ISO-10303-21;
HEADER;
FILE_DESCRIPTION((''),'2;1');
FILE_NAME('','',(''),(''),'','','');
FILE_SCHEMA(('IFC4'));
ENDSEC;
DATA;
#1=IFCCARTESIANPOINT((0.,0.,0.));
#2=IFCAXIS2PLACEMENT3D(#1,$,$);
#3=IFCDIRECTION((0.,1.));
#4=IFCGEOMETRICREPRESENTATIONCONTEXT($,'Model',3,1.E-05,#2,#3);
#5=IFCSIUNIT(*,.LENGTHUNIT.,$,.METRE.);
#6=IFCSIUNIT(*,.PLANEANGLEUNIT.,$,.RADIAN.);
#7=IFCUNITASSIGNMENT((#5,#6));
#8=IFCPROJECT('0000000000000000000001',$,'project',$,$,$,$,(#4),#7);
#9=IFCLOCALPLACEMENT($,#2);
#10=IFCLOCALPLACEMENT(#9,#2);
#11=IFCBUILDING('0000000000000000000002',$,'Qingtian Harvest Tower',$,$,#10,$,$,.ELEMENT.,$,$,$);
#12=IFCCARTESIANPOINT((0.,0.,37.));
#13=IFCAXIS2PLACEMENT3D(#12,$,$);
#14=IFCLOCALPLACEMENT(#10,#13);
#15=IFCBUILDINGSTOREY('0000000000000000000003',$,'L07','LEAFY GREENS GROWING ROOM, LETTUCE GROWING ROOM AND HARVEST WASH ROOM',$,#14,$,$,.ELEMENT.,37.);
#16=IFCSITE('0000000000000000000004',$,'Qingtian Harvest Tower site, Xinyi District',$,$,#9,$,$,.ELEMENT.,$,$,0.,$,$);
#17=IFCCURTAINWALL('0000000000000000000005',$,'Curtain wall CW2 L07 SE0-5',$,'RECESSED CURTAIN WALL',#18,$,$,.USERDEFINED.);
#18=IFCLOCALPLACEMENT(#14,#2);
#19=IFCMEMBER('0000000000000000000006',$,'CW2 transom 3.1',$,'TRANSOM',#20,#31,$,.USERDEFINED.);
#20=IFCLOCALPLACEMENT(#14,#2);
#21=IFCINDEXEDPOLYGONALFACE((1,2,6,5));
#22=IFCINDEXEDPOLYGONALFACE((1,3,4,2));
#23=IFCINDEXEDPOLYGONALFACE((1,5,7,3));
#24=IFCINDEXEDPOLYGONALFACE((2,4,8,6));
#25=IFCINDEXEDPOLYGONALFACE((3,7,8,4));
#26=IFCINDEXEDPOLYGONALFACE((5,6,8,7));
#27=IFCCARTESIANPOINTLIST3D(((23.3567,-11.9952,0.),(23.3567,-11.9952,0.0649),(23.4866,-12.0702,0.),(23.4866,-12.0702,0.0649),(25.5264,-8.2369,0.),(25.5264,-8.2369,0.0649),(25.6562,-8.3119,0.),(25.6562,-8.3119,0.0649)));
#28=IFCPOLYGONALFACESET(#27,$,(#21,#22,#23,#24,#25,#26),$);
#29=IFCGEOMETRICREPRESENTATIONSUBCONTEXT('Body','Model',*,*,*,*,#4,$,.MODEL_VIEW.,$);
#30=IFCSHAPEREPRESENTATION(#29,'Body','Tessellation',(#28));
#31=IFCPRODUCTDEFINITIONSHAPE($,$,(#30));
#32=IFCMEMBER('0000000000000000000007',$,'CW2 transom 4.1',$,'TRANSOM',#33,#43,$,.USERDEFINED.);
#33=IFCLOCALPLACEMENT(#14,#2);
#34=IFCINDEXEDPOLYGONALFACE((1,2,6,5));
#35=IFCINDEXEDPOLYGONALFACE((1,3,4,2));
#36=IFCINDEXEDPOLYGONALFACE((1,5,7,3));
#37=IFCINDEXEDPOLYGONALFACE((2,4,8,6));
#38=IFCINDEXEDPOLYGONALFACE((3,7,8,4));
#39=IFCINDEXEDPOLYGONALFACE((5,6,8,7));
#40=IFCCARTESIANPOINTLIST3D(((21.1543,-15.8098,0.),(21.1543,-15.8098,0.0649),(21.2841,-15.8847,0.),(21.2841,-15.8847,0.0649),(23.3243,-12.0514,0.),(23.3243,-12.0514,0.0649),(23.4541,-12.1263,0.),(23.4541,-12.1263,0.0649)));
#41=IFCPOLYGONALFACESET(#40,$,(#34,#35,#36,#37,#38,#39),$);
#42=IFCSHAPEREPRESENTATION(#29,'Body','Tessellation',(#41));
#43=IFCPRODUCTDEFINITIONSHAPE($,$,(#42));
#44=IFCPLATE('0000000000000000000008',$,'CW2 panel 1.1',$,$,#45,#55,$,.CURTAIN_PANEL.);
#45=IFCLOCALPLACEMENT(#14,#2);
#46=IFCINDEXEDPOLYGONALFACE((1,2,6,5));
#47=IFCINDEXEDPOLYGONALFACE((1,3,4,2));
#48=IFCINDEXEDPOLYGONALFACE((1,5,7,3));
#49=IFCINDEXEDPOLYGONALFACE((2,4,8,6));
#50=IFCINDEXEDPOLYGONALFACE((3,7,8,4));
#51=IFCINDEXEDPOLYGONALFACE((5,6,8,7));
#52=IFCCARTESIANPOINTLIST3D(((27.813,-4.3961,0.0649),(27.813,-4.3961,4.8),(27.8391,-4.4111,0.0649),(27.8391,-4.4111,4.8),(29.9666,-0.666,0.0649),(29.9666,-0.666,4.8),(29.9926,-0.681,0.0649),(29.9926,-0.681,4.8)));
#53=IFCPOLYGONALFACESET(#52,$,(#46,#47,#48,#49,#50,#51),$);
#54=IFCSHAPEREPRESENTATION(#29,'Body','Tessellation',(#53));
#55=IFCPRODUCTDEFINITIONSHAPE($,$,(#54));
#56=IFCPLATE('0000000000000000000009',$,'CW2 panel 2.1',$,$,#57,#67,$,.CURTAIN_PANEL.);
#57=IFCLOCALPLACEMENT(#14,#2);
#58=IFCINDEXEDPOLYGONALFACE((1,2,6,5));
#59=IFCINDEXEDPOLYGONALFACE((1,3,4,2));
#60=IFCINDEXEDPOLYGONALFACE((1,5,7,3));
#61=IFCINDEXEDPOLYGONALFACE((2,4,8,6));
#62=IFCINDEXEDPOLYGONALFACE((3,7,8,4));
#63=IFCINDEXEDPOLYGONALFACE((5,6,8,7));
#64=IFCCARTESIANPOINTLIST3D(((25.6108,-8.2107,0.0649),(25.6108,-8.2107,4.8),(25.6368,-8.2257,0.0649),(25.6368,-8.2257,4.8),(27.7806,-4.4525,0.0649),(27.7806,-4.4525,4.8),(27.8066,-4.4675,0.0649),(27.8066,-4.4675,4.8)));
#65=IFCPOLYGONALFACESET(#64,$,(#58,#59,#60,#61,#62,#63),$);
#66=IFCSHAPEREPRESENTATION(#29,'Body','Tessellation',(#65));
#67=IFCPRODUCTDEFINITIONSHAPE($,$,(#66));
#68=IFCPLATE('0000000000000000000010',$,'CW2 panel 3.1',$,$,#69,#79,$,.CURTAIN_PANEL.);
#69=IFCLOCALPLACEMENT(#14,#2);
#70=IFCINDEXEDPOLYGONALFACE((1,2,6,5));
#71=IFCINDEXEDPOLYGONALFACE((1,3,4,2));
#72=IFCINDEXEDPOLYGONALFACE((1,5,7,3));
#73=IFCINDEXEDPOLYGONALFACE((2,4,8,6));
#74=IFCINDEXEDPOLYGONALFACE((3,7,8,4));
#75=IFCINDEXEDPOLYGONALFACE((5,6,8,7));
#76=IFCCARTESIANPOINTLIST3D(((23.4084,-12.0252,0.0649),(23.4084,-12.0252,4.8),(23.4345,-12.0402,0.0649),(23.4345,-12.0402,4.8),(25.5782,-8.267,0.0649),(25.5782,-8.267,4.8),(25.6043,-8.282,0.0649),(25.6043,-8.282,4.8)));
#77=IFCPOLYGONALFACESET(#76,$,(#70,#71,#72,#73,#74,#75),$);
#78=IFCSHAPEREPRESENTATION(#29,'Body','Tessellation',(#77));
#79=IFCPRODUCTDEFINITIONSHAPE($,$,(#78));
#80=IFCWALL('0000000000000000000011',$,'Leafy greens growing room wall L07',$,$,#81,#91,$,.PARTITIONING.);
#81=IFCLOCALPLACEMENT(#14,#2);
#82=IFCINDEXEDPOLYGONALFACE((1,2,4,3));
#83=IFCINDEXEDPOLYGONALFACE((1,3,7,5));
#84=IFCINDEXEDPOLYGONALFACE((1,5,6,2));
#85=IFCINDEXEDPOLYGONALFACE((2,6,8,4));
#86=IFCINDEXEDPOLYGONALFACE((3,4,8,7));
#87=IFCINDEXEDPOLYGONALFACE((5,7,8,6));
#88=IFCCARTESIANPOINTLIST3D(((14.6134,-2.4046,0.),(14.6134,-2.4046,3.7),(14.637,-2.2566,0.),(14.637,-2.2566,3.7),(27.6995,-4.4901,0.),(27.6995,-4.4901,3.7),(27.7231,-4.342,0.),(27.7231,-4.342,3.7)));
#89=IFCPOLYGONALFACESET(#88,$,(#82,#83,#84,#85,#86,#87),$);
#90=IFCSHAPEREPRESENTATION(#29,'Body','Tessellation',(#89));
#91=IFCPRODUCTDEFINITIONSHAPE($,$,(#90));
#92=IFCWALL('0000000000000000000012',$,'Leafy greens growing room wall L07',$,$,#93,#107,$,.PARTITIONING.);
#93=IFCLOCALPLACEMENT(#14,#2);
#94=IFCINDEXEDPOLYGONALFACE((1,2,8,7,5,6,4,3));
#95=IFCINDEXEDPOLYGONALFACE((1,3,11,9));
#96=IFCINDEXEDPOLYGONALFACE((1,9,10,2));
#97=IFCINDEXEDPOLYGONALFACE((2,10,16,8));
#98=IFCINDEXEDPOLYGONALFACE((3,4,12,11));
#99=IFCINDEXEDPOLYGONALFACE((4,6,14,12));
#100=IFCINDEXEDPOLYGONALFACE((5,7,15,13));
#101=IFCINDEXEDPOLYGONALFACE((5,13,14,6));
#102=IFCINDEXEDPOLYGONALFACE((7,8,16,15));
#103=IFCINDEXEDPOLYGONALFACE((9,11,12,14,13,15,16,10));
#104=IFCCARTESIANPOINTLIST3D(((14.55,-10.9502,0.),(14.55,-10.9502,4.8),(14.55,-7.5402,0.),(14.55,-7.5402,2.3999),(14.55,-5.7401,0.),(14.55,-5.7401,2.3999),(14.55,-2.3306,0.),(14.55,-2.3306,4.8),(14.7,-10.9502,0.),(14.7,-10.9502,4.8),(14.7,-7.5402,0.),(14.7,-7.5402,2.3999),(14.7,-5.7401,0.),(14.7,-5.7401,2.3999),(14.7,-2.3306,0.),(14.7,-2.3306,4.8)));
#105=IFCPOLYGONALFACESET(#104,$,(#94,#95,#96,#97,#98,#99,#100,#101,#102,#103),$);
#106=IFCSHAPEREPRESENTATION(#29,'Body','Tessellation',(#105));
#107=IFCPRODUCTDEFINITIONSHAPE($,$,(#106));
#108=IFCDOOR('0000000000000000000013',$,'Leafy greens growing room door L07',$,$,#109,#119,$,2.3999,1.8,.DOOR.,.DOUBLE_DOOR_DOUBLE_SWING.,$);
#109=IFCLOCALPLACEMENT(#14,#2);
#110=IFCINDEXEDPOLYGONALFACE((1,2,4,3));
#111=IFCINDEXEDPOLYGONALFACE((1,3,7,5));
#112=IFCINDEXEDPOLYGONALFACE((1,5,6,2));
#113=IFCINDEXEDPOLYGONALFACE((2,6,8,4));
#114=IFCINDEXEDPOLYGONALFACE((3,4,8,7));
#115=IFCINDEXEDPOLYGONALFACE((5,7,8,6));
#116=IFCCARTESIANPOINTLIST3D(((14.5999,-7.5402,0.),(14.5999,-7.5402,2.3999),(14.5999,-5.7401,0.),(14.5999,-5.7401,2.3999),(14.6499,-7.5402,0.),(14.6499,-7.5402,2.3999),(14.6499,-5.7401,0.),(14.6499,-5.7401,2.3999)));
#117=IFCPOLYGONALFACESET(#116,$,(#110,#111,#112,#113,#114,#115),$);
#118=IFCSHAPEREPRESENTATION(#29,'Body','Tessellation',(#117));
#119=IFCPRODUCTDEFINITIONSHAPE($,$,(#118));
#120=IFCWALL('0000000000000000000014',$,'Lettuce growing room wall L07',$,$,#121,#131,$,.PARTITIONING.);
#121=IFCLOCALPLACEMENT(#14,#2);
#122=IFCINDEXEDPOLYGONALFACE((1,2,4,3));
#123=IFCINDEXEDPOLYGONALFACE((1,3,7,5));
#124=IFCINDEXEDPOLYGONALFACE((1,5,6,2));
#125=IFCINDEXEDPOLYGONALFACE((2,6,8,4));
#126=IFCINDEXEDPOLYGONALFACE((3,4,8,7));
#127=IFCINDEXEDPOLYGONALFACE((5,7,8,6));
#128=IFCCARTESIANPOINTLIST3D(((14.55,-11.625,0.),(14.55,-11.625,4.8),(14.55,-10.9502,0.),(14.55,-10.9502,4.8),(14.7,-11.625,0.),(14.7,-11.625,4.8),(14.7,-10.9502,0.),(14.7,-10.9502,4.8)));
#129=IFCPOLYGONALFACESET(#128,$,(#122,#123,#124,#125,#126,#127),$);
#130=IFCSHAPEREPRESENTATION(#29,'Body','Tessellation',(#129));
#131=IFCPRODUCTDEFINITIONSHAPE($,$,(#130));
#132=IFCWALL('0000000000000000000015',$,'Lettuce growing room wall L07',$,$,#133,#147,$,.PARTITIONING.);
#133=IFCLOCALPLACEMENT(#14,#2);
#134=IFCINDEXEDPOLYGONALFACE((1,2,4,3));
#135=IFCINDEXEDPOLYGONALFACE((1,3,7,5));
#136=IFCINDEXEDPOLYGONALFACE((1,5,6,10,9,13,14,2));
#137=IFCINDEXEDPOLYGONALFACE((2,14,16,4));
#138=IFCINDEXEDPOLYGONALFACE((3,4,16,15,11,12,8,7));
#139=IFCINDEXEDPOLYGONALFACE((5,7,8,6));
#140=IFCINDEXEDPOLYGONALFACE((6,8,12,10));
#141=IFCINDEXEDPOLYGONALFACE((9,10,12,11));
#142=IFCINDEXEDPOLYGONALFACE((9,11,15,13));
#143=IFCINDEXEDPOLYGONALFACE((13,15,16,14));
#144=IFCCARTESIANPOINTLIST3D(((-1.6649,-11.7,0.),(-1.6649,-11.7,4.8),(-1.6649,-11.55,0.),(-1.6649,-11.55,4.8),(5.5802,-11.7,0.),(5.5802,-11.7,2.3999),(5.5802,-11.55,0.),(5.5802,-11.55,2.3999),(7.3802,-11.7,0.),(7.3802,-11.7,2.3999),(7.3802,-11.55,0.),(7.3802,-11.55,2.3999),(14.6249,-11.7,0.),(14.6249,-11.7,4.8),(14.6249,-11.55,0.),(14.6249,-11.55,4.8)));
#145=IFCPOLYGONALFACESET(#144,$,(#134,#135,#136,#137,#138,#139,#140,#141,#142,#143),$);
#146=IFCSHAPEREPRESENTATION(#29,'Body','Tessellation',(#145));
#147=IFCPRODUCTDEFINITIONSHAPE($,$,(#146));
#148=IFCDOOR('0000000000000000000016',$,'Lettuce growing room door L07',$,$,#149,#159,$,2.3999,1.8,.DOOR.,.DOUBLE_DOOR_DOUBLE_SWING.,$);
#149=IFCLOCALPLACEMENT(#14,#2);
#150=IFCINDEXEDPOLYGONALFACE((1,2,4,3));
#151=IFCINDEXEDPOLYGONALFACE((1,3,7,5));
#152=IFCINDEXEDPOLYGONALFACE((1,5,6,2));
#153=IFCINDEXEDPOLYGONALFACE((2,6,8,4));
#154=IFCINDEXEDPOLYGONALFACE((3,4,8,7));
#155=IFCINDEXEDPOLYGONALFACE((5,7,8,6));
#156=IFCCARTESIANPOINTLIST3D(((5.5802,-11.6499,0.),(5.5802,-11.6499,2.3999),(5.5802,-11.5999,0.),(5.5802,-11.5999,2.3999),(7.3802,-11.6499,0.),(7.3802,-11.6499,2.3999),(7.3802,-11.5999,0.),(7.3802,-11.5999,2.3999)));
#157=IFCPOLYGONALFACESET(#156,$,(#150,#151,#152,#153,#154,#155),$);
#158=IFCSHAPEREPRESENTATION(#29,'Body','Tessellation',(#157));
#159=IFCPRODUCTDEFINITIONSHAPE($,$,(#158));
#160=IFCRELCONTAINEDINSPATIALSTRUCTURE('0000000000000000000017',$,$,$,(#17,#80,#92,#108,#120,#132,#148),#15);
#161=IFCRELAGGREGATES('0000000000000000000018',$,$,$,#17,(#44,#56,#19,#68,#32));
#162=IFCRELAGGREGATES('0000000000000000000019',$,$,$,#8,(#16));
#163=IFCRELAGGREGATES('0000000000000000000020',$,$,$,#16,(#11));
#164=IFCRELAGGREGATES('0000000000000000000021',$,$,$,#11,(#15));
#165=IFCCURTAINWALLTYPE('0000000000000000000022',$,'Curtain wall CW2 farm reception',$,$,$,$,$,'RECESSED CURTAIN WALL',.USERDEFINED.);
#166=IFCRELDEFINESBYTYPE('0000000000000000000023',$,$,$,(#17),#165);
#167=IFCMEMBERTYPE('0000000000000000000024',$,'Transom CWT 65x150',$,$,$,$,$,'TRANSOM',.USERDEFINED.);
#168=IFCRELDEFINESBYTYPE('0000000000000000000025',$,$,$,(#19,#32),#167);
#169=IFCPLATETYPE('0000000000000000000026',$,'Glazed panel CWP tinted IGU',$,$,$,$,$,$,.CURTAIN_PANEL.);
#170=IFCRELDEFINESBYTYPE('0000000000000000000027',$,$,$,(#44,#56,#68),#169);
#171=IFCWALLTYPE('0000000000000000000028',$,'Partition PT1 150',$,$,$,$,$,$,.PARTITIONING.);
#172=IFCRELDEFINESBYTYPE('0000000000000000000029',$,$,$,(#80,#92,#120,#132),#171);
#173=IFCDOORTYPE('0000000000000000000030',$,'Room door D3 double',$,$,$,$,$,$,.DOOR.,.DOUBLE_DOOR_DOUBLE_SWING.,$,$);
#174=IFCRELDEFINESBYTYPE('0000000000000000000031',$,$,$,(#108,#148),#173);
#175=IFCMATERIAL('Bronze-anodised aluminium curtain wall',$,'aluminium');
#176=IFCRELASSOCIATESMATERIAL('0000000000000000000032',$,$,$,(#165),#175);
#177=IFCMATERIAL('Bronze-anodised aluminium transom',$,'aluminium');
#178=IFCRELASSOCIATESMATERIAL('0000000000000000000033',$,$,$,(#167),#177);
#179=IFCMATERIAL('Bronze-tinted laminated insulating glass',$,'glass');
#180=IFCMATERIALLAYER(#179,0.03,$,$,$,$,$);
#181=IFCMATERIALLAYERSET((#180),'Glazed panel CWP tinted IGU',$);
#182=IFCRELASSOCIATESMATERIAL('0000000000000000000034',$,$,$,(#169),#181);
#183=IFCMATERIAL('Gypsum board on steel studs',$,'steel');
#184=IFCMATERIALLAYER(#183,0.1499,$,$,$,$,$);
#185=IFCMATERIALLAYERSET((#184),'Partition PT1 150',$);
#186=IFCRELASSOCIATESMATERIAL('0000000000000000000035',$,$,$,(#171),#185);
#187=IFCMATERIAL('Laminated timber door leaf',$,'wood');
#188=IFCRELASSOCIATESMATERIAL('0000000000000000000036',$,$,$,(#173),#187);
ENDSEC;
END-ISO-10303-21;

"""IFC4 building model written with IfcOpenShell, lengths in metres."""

from ifc_helpers import new_model, si_unit, direction, frame, frame_2d, origin, origin_2d, place, context, subcontext, project, spatial, rectangle, extrude, material, layer, layer_set, material_profile, profile_set, type_object, element, fill, aggregate, save


model = new_model("IFC4")

# Units and contexts
model_context = context("Model", 3, precision=1e-05, world=origin(), true_north=direction((0.0, 1.0)))
body_context = subcontext(model_context, "Body", "Model", "MODEL_VIEW")
ifc_project = project(units=[si_unit("LENGTHUNIT", "METRE"), si_unit("PLANEANGLEUNIT", "RADIAN")], contexts=[model_context])

# Site, building, storey
site_placement = place(None, origin())
site = spatial("IfcSite", under=ifc_project, at=site_placement, Name="Qingtian Harvest Tower site, Xinyi District", CompositionType="ELEMENT", RefElevation=0.0)
building_placement = place(site_placement, origin())
building = spatial("IfcBuilding", under=site, at=building_placement, Name="Qingtian Harvest Tower", CompositionType="ELEMENT")
storey_placement = place(building_placement, frame((0.0, 0.0, 37.0)))
storey = spatial("IfcBuildingStorey", under=building, at=storey_placement, Name="L07", Description="LEAFY GREENS GROWING ROOM, LETTUCE GROWING ROOM AND HARVEST WASH ROOM", CompositionType="ELEMENT", Elevation=37.0)

# Shared definitions
ifc_material_1 = material(Name="Bronze-anodised aluminium curtain wall", Category="aluminium")
curtain_wall_type = type_object("IfcCurtainWallType", Name="Curtain wall CW2 farm reception", ElementType="RECESSED CURTAIN WALL", PredefinedType="USERDEFINED", material=ifc_material_1)

# Curtain wall
curtain_wall_1_placement = place(storey_placement, origin())
curtain_wall_1 = element("IfcCurtainWall", 1, at=curtain_wall_1_placement, inside=storey, type_object=curtain_wall_type, Name="Curtain wall CW2 L07 SE0-5", ObjectType="RECESSED CURTAIN WALL", PredefinedType="USERDEFINED")

# Members
ifc_material_2 = material(Name="Bronze-anodised aluminium transom", Category="aluminium")
ifc_material_profile_1 = material_profile(ifc_material_2, rectangle(XDim=0.1499, YDim=0.0649, at=origin_2d()), Name="AL 65x150")
ifc_profile_set_1 = profile_set([ifc_material_profile_1], Name="Bronze-anodised aluminium transom")
member_type_1 = type_object("IfcMemberType", Name="Transom CWT 65x150", ElementType="TRANSOM", PredefinedType="USERDEFINED", material=ifc_profile_set_1)
member_1_placement = place(storey_placement, frame((25.5913, -8.2744, 0.0325), z_axis=(-0.499969, -0.866043, 0.0), x_axis=(0.866043, -0.499969, 0.0)))
member_1 = element("IfcMember", 2, at=member_1_placement, type_object=member_type_1, Name="CW2 transom 3.1", ObjectType="TRANSOM", PredefinedType="USERDEFINED", context=body_context, shape_type="SweptSolid", body=[
    extrude(rectangle(XDim=0.1499, YDim=0.0649, at=origin_2d()), origin(), (0.0, 0.0, 1.0), 4.3396),
])
member_2_placement = place(storey_placement, frame((23.3892, -12.0889, 0.0325), z_axis=(-0.500011, -0.866019, 0.0), x_axis=(0.866019, -0.500011, 0.0)))
member_2 = element("IfcMember", 3, at=member_2_placement, type_object=member_type_1, Name="CW2 transom 4.1", ObjectType="TRANSOM", PredefinedType="USERDEFINED", context=body_context, shape_type="SweptSolid", body=[
    extrude(rectangle(XDim=0.1499, YDim=0.0649, at=origin_2d()), origin(), (0.0, 0.0, 1.0), 4.3398),
])

# Plates
ifc_material_3 = material(Name="Bronze-tinted laminated insulating glass", Category="glass")
ifc_layer_1 = layer(ifc_material_3, 0.03)
ifc_layer_set_1 = layer_set([ifc_layer_1], Name="Glazed panel CWP tinted IGU")
plate_type = type_object("IfcPlateType", Name="Glazed panel CWP tinted IGU", PredefinedType="CURTAIN_PANEL", material=ifc_layer_set_1)
plate_1_placement = place(storey_placement, frame((28.9028, -2.5386, 0.0649), z_axis=(0.0, 0.0, 1.0), x_axis=(-0.5, -0.866025, 0.0)))
plate_1 = element("IfcPlate", 4, at=plate_1_placement, type_object=plate_type, Name="CW2 panel 1.1", PredefinedType="CURTAIN_PANEL", context=body_context, shape_type="SweptSolid", body=[
    extrude(rectangle(XDim=4.3071, YDim=0.03, at=origin_2d()), origin(), (0.0, 0.0, 1.0), 4.7351),
])
plate_2_placement = place(storey_placement, frame((26.7087, -6.3391, 0.0649), z_axis=(0.0, 0.0, 1.0), x_axis=(-0.5, -0.866025, 0.0)))
plate_2 = element("IfcPlate", 5, at=plate_2_placement, type_object=plate_type, Name="CW2 panel 2.1", PredefinedType="CURTAIN_PANEL", context=body_context, shape_type="SweptSolid", body=[
    extrude(rectangle(XDim=4.3396, YDim=0.03, at=origin_2d()), origin(), (0.0, 0.0, 1.0), 4.7351),
])
plate_3_placement = place(storey_placement, frame((24.5063, -10.1536, 0.0649), z_axis=(0.0, 0.0, 1.0), x_axis=(-0.5, -0.866025, 0.0)))
plate_3 = element("IfcPlate", 6, at=plate_3_placement, type_object=plate_type, Name="CW2 panel 3.1", PredefinedType="CURTAIN_PANEL", context=body_context, shape_type="SweptSolid", body=[
    extrude(rectangle(XDim=4.3396, YDim=0.03, at=origin_2d()), origin(), (0.0, 0.0, 1.0), 4.7351),
])
aggregate(curtain_wall_1, [plate_1, plate_2, member_1, plate_3, member_2])

# Wall
ifc_material_4 = material(Name="Gypsum board on steel studs", Category="steel")
ifc_layer_2 = layer(ifc_material_4, 0.1499)
ifc_layer_set_2 = layer_set([ifc_layer_2], Name="Partition PT1 150")
wall_type = type_object("IfcWallType", Name="Partition PT1 150", PredefinedType="PARTITIONING", material=ifc_layer_set_2)
wall_1_placement = place(storey_placement, frame((27.7112, -4.416, 0.0), z_axis=(0.0, 0.0, 1.0), x_axis=(-0.987539, 0.157377, 0.0)))
element("IfcWall", 7, at=wall_1_placement, inside=storey, type_object=wall_type, Name="Leafy greens growing room wall L07", PredefinedType="PARTITIONING", context=body_context, shape_type="SweptSolid", body=[
    extrude(rectangle(XDim=13.2512, YDim=0.1499, at=frame_2d((6.6255, 0.0))), origin(), (0.0, 0.0, 1.0), 3.7),
])

# Wall, opening, door
wall_2_placement = place(storey_placement, frame((14.625, -2.3306, 0.0), z_axis=(0.0, 0.0, 1.0), x_axis=(0.0, -1.0, 0.0)))
wall_2 = element("IfcWall", 8, at=wall_2_placement, inside=storey, type_object=wall_type, Name="Leafy greens growing room wall L07", PredefinedType="PARTITIONING", context=body_context, shape_type="SweptSolid", body=[
    extrude(rectangle(XDim=8.6196, YDim=0.1499, at=frame_2d((4.3098, 0.0))), origin(), (0.0, 0.0, 1.0), 4.8),
])
opening_1_placement = place(wall_2_placement, frame((3.4097, 0.0, 0.0)))
opening_1 = element("IfcOpeningElement", 9, at=opening_1_placement, cuts=wall_2, PredefinedType="OPENING", context=body_context, shape_type="SweptSolid", body=[
    extrude(rectangle(XDim=1.8, YDim=2.3999, at=frame_2d((0.8999, 1.2))), frame((0.0, 0.085, 0.0), z_axis=(0.0, -1.0, 0.0), x_axis=(1.0, 0.0, 0.0)), (0.0, 0.0, 1.0), 0.1699),
])
ifc_material_5 = material(Name="Laminated timber door leaf", Category="wood")
door_type = type_object("IfcDoorType", Name="Room door D3 double", OperationType="DOUBLE_DOOR_DOUBLE_SWING", PredefinedType="DOOR", material=ifc_material_5)
door_1_placement = place(opening_1_placement, origin())
door_1 = element("IfcDoor", 10, at=door_1_placement, inside=storey, type_object=door_type, Name="Leafy greens growing room door L07", OperationType="DOUBLE_DOOR_DOUBLE_SWING", OverallHeight=2.3999, OverallWidth=1.8, PredefinedType="DOOR", context=body_context, shape_type="SweptSolid", body=[
    extrude(rectangle(XDim=1.8, YDim=2.3999, at=frame_2d((0.8999, 1.2))), frame((0.0, 0.0249, 0.0), z_axis=(0.0, -1.0, 0.0), x_axis=(1.0, 0.0, 0.0)), (0.0, 0.0, 1.0), 0.05),
])
fill(opening_1, door_1)

# Wall
wall_3_placement = place(storey_placement, frame((14.625, -10.9502, 0.0), z_axis=(0.0, 0.0, 1.0), x_axis=(0.0, -1.0, 0.0)))
element("IfcWall", 11, at=wall_3_placement, inside=storey, type_object=wall_type, Name="Lettuce growing room wall L07", PredefinedType="PARTITIONING", context=body_context, shape_type="SweptSolid", body=[
    extrude(rectangle(XDim=0.6748, YDim=0.1499, at=frame_2d((0.3374, 0.0))), origin(), (0.0, 0.0, 1.0), 4.8),
])

# Wall, opening, door
wall_4_placement = place(storey_placement, frame((14.625, -11.625, 0.0), z_axis=(0.0, 0.0, 1.0), x_axis=(-1.0, 0.0, 0.0)))
wall_4 = element("IfcWall", 12, at=wall_4_placement, inside=storey, type_object=wall_type, Name="Lettuce growing room wall L07", PredefinedType="PARTITIONING", context=body_context, shape_type="SweptSolid", body=[
    extrude(rectangle(XDim=16.2898, YDim=0.1499, at=frame_2d((8.145, 0.0))), origin(), (0.0, 0.0, 1.0), 4.8),
])
opening_2_placement = place(wall_4_placement, frame((7.2449, 0.0, 0.0)))
opening_2 = element("IfcOpeningElement", 13, at=opening_2_placement, cuts=wall_4, PredefinedType="OPENING", context=body_context, shape_type="SweptSolid", body=[
    extrude(rectangle(XDim=1.8, YDim=2.3999, at=frame_2d((0.8999, 1.2))), frame((0.0, 0.085, 0.0), z_axis=(0.0, -1.0, 0.0), x_axis=(1.0, 0.0, 0.0)), (0.0, 0.0, 1.0), 0.1699),
])
door_2_placement = place(opening_2_placement, origin())
door_2 = element("IfcDoor", 14, at=door_2_placement, inside=storey, type_object=door_type, Name="Lettuce growing room door L07", OperationType="DOUBLE_DOOR_DOUBLE_SWING", OverallHeight=2.3999, OverallWidth=1.8, PredefinedType="DOOR", context=body_context, shape_type="SweptSolid", body=[
    extrude(rectangle(XDim=1.8, YDim=2.3999, at=frame_2d((0.8999, 1.2))), frame((0.0, 0.0249, 0.0), z_axis=(0.0, -1.0, 0.0), x_axis=(1.0, 0.0, 0.0)), (0.0, 0.0, 1.0), 0.05),
])
fill(opening_2, door_2)

save(model, "model.ifc")
